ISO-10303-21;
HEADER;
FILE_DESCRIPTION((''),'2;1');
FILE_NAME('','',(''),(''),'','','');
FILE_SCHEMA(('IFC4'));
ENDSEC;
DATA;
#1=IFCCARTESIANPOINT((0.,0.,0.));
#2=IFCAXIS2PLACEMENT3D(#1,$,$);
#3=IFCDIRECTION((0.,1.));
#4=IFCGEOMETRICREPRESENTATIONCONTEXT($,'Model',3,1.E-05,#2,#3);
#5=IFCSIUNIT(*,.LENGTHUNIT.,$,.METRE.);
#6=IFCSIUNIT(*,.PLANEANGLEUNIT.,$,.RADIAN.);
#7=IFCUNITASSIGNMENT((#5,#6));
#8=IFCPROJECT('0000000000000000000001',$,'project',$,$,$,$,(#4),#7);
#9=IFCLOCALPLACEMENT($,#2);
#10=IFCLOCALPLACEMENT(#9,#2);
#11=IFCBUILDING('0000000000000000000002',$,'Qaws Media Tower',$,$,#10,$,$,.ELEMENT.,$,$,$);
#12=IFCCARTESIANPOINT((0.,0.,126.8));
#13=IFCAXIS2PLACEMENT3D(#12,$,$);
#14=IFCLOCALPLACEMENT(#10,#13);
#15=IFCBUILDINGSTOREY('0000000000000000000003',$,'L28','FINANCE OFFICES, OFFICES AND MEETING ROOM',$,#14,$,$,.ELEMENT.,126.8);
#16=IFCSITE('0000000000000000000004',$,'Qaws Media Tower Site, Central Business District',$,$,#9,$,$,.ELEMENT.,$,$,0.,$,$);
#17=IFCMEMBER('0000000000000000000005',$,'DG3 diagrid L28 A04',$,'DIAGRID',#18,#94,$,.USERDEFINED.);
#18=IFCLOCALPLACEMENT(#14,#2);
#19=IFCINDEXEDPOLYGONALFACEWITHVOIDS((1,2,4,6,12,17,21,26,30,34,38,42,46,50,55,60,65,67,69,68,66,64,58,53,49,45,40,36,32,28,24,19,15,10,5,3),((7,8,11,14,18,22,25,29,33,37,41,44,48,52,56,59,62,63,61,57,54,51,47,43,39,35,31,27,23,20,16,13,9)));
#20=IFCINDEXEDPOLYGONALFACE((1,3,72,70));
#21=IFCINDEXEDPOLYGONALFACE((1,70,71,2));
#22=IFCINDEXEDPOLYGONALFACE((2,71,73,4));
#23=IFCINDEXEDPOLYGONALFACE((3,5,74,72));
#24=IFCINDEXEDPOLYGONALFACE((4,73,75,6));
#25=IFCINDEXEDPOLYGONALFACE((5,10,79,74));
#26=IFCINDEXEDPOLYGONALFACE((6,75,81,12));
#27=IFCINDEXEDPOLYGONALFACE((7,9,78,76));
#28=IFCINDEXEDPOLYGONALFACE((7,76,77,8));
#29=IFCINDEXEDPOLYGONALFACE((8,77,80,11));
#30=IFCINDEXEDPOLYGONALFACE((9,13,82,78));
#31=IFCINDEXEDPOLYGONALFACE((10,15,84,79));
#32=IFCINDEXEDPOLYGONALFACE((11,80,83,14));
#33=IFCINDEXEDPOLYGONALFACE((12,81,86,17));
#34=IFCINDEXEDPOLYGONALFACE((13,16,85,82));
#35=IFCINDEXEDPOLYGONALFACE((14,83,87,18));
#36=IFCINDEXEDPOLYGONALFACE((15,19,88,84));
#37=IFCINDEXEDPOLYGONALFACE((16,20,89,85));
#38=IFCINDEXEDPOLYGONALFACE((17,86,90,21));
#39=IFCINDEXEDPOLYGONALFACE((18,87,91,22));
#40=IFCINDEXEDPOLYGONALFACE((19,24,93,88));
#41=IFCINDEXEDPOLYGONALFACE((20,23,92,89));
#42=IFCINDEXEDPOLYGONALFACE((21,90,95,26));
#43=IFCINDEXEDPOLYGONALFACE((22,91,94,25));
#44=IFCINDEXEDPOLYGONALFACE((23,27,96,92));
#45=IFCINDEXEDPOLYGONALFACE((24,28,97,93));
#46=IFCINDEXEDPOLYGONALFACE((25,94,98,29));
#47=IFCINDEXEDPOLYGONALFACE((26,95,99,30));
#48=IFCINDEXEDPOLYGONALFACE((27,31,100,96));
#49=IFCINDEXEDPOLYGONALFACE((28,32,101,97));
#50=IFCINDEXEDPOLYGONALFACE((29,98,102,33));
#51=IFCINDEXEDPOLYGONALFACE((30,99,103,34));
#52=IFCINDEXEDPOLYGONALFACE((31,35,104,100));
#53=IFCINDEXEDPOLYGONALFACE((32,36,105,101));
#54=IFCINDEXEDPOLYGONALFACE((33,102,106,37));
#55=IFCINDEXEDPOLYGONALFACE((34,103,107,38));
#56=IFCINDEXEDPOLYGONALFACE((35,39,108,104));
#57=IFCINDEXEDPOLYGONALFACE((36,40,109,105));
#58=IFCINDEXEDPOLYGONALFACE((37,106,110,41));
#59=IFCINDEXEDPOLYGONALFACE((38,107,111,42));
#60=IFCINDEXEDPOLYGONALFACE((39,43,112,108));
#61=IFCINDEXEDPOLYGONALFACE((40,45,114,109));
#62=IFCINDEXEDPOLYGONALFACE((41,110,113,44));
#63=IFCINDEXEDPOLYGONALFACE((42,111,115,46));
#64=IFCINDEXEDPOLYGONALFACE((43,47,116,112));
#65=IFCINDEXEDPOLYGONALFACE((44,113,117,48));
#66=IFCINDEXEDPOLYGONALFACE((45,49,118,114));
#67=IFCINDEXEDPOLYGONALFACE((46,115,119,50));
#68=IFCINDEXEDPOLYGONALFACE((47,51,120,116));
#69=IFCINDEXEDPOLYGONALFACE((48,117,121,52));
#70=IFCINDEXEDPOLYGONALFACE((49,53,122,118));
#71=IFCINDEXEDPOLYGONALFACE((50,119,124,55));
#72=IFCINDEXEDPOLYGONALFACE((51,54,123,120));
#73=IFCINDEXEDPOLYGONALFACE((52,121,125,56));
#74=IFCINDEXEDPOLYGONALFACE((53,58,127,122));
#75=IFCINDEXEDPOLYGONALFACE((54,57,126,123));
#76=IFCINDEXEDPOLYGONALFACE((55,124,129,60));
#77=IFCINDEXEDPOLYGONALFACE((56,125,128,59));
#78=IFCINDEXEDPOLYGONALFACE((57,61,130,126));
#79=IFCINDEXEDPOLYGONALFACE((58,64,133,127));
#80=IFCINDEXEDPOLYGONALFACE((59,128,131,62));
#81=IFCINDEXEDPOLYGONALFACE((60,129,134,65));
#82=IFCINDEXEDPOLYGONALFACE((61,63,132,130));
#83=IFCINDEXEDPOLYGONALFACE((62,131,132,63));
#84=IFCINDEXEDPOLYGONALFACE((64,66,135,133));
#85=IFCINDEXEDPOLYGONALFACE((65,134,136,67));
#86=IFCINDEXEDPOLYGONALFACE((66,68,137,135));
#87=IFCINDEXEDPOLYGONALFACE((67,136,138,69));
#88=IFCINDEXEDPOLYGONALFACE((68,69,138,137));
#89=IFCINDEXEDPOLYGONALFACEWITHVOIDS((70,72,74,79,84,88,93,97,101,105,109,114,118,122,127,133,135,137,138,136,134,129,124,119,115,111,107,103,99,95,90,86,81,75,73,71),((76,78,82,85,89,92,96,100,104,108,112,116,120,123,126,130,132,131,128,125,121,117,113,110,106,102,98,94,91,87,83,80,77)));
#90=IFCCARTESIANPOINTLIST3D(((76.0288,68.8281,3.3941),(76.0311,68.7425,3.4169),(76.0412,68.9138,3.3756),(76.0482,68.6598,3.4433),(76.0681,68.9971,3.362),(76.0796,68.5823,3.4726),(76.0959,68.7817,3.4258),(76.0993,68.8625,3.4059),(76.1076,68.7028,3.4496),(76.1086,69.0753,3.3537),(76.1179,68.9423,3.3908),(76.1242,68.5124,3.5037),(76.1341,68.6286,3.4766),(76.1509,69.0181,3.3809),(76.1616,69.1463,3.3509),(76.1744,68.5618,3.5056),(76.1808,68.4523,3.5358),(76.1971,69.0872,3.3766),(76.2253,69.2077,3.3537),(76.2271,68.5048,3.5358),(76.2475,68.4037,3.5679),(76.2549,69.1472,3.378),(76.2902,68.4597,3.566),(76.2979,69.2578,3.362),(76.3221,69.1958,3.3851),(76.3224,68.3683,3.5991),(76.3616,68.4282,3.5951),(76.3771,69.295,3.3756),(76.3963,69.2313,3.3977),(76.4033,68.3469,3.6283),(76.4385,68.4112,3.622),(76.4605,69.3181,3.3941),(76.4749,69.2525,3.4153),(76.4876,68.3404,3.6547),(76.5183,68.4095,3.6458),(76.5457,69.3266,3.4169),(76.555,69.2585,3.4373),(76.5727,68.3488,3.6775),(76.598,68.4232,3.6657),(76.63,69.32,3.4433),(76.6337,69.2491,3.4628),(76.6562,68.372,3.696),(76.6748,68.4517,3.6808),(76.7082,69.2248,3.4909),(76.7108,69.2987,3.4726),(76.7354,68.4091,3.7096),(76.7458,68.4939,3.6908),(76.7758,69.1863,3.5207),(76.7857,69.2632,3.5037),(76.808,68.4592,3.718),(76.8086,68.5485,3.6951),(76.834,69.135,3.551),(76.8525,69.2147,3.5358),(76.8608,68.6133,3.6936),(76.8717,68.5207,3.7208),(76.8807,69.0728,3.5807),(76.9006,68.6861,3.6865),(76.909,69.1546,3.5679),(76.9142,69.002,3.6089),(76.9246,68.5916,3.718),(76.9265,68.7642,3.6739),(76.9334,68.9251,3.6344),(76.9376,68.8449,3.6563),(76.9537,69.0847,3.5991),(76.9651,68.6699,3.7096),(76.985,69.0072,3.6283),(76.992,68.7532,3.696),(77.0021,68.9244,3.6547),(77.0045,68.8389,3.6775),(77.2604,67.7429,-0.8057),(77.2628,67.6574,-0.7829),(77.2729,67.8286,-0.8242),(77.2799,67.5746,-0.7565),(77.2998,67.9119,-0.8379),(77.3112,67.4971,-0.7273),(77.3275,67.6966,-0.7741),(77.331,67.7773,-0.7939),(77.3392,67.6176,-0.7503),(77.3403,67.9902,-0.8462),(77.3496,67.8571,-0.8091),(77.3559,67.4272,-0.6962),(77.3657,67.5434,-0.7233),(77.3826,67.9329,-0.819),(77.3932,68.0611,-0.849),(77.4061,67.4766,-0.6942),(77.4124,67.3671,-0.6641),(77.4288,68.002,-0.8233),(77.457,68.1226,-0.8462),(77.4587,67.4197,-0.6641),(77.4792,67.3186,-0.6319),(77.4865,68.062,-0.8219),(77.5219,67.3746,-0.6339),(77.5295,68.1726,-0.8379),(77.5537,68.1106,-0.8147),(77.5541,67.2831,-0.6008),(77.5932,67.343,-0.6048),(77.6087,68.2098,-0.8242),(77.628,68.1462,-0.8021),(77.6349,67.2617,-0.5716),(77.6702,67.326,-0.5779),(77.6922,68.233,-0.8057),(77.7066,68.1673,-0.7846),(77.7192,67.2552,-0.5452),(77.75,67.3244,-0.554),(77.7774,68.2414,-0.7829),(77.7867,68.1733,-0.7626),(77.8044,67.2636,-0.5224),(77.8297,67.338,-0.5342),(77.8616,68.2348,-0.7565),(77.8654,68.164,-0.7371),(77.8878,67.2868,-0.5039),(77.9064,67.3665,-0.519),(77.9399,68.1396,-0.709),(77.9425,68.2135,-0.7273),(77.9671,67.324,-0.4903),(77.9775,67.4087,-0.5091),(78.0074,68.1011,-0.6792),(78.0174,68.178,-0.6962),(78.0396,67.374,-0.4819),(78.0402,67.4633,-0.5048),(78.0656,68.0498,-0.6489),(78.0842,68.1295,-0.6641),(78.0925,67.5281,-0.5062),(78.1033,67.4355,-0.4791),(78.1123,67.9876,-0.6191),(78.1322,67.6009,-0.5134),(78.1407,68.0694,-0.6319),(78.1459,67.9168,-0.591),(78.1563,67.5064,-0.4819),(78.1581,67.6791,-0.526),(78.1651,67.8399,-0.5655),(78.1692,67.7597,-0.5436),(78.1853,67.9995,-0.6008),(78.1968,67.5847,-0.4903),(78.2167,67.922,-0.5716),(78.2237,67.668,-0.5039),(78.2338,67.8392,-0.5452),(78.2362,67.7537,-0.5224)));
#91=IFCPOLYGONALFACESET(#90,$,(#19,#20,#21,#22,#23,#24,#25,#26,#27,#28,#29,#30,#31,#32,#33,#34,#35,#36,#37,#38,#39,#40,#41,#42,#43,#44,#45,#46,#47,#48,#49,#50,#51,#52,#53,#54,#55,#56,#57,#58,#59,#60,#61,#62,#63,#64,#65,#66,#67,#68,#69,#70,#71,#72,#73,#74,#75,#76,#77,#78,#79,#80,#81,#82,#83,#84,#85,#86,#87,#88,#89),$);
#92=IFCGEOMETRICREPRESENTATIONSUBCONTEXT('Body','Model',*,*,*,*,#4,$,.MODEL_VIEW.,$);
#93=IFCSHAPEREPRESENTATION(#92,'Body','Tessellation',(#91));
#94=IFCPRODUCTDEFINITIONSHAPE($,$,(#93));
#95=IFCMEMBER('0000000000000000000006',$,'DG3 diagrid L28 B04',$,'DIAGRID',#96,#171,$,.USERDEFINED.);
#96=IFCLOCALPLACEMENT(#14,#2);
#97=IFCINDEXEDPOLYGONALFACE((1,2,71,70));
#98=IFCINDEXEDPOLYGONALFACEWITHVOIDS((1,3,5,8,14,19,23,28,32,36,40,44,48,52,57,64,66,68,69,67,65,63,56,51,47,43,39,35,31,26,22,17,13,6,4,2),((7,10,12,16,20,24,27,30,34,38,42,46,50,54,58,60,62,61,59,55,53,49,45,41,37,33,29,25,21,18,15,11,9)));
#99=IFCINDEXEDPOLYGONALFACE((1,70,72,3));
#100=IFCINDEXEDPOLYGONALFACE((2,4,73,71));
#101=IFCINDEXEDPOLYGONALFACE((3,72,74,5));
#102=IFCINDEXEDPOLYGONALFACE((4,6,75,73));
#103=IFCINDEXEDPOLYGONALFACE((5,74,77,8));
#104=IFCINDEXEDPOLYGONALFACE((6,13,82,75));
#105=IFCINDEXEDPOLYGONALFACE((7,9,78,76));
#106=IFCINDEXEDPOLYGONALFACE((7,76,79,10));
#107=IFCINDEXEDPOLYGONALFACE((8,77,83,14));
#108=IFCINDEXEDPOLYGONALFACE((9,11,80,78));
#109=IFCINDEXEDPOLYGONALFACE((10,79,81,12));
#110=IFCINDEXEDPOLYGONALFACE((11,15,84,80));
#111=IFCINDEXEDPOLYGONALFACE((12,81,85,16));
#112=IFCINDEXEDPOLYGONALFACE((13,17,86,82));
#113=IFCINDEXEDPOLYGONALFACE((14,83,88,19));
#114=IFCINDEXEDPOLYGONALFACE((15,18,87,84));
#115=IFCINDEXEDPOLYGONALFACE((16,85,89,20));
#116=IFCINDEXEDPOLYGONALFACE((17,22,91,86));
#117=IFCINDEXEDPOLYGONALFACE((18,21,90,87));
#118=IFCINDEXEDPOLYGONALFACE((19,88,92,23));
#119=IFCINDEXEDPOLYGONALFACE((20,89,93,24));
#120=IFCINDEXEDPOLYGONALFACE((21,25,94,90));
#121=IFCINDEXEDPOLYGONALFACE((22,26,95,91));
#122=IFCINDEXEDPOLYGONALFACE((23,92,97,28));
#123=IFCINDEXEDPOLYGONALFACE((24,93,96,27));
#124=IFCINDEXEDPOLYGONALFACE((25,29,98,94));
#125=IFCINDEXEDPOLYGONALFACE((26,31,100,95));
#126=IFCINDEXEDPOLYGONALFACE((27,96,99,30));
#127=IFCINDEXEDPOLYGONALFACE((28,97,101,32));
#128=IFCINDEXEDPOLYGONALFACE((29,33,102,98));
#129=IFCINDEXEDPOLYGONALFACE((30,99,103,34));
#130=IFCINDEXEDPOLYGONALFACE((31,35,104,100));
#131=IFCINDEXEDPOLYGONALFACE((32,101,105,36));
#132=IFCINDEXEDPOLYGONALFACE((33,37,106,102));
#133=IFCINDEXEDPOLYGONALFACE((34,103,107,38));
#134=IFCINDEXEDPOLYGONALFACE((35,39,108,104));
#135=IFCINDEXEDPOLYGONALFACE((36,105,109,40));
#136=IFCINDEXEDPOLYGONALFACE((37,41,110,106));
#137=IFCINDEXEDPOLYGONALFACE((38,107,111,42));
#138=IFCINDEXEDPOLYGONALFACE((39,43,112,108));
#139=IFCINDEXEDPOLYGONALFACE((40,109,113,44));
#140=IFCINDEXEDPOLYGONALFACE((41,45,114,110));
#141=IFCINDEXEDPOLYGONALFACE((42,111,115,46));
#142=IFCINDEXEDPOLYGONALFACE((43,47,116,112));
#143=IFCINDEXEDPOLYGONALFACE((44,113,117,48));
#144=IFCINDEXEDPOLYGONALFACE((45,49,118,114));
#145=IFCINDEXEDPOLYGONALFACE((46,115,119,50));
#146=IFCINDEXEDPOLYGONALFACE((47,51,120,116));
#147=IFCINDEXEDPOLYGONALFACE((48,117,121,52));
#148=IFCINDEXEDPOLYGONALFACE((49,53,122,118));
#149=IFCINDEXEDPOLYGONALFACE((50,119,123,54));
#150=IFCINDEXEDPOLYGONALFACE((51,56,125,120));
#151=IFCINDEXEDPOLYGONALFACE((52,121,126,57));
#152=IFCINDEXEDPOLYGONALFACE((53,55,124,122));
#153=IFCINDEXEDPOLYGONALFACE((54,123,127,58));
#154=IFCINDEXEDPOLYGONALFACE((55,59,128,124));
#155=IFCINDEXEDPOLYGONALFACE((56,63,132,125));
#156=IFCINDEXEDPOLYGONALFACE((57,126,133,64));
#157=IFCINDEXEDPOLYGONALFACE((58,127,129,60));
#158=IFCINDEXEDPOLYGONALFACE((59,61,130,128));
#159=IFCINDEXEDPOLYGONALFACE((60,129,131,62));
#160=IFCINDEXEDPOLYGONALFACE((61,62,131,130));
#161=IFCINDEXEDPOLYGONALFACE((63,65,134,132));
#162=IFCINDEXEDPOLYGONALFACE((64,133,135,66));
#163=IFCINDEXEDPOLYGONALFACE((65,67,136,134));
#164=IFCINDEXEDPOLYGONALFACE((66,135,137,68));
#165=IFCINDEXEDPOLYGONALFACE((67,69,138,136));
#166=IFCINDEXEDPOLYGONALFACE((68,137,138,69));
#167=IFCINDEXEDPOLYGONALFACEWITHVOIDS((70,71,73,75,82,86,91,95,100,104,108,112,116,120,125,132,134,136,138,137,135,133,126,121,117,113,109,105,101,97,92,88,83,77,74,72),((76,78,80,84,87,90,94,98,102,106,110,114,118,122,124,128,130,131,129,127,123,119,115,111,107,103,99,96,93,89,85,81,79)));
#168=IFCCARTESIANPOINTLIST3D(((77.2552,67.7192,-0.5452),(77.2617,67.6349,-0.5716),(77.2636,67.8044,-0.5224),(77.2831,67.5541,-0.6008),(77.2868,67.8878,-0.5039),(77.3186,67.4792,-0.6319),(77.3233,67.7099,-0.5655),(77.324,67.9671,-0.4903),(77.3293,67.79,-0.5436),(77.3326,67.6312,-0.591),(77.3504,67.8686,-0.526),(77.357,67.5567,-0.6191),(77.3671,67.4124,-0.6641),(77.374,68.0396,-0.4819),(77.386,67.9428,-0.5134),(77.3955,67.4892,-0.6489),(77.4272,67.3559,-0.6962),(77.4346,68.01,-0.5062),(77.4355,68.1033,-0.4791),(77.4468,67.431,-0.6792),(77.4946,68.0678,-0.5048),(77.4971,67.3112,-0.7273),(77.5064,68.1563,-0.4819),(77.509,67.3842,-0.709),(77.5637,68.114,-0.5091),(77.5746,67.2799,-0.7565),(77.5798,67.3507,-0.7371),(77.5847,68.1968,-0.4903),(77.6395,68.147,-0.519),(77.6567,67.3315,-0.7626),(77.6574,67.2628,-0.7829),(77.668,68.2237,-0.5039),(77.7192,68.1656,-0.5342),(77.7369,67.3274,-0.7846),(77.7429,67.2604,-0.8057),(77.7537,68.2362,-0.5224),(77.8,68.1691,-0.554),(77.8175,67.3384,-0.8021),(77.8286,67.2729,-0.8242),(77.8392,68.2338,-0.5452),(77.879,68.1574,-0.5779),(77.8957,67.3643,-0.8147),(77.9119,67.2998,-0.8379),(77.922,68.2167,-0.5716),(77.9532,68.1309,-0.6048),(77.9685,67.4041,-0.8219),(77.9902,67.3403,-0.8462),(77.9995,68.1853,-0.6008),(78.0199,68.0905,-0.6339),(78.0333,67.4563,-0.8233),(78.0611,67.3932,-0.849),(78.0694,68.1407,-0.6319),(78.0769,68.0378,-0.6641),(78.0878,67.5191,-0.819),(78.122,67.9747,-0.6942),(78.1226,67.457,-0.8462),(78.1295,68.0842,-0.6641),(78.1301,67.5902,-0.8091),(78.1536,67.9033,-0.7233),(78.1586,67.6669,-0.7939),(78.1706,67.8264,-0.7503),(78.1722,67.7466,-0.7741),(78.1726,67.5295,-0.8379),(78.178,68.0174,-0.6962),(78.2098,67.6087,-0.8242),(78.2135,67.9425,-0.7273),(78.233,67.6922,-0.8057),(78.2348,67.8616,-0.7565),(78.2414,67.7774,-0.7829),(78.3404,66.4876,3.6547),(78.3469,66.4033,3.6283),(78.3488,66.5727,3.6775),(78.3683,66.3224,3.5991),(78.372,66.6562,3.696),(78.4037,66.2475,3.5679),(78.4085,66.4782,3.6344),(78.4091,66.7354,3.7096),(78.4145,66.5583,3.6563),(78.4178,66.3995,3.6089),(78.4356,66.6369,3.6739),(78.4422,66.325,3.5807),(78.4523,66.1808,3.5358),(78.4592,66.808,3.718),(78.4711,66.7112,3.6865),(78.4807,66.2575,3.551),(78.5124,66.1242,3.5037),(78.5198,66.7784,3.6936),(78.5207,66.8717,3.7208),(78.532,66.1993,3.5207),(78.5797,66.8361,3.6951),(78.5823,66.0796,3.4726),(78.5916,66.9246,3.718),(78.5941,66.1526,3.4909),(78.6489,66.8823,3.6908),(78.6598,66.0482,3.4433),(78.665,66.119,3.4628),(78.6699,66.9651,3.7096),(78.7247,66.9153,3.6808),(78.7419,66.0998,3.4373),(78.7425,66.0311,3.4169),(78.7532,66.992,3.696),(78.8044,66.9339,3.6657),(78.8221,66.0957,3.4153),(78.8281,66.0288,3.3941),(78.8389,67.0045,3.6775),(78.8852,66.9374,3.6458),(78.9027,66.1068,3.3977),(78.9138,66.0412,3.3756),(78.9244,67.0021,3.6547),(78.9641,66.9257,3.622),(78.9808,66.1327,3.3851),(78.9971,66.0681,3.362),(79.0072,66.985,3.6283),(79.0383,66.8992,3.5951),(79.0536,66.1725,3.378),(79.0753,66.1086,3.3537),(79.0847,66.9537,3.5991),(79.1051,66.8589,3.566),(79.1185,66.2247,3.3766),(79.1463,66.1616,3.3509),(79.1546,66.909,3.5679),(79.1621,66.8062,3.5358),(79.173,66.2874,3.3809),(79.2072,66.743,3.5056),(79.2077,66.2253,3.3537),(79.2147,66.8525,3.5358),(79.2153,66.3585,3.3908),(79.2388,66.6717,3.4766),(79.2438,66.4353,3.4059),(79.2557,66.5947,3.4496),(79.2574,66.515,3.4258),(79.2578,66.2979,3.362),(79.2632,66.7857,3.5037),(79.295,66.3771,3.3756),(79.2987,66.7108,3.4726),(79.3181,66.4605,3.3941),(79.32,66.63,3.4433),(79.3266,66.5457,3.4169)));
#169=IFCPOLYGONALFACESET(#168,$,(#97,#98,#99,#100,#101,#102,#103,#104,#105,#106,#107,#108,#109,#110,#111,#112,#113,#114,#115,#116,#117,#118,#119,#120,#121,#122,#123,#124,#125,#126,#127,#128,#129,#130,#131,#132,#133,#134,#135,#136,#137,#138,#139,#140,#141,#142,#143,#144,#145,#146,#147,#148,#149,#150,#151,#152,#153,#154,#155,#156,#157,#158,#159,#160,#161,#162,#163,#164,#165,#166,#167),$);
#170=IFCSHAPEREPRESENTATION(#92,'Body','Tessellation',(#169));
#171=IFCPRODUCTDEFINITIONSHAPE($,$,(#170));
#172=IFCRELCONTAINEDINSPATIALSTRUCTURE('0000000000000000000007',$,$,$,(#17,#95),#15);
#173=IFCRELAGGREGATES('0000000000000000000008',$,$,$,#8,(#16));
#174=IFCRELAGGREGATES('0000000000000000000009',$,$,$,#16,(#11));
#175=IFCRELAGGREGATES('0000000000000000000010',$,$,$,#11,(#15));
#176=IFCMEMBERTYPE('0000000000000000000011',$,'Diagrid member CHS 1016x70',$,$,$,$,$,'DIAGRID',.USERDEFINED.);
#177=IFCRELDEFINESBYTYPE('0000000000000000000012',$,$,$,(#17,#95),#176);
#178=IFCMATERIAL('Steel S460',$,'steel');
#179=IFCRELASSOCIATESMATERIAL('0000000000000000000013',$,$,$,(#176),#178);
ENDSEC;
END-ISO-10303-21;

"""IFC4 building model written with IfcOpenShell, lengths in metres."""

from ifc_helpers import new_model, si_unit, direction, frame, origin, origin_2d, place, context, subcontext, project, spatial, hollow_circle, extrude, material, material_profile, profile_set, type_object, element, save


model = new_model("IFC4")

# Units and contexts
model_context = context("Model", 3, precision=1e-05, world=origin(), true_north=direction((0.0, 1.0)))
body_context = subcontext(model_context, "Body", "Model", "MODEL_VIEW")
ifc_project = project(units=[si_unit("LENGTHUNIT", "METRE"), si_unit("PLANEANGLEUNIT", "RADIAN")], contexts=[model_context])

# Site, building, storey
site_placement = place(None, origin())
site = spatial("IfcSite", under=ifc_project, at=site_placement, Name="Qaws Media Tower Site, Central Business District", CompositionType="ELEMENT", RefElevation=0.0)
building_placement = place(site_placement, origin())
building = spatial("IfcBuilding", under=site, at=building_placement, Name="Qaws Media Tower", CompositionType="ELEMENT")
storey_placement = place(building_placement, frame((0.0, 0.0, 126.8)))
storey = spatial("IfcBuildingStorey", under=building, at=storey_placement, Name="L28", Description="FINANCE OFFICES, OFFICES AND MEETING ROOM", CompositionType="ELEMENT", Elevation=126.8)

# Members
ifc_material_1 = material(Name="Steel S460", Category="steel")
ifc_material_profile_1 = material_profile(ifc_material_1, hollow_circle(Radius=0.5081, WallThickness=0.0701, at=origin_2d()), Name="CHS 1016x70")
ifc_profile_set_1 = profile_set([ifc_material_profile_1], Name="Steel S460")
member_type_1 = type_object("IfcMemberType", Name="Diagrid member CHS 1016x70", ElementType="DIAGRID", PredefinedType="USERDEFINED", material=ifc_profile_set_1)
for number, where, z_axis, x_axis, name in (
    (1, (77.7483, 67.7483, -0.6641), (-0.273141, 0.240656, 0.931385), (-0.66108, -0.750315, 0.0), "DG3 diagrid L28 A04"),
    (2, (77.7483, 67.7483, -0.6641), (0.240656, -0.273141, 0.931385), (0.750315, 0.66108, 0.0), "DG3 diagrid L28 B04"),
):
    element("IfcMember", number, at=place(storey_placement, frame(where, z_axis=z_axis, x_axis=x_axis)), inside=storey, type_object=member_type_1, Name=name, ObjectType="DIAGRID", PredefinedType="USERDEFINED", context=body_context, shape_type="SweptSolid", body=[
        extrude(hollow_circle(Radius=0.5081, WallThickness=0.0701, at=origin_2d()), origin(), (0.0, 0.0, 1.0), 4.5093),
    ])

save(model, "model.ifc")
